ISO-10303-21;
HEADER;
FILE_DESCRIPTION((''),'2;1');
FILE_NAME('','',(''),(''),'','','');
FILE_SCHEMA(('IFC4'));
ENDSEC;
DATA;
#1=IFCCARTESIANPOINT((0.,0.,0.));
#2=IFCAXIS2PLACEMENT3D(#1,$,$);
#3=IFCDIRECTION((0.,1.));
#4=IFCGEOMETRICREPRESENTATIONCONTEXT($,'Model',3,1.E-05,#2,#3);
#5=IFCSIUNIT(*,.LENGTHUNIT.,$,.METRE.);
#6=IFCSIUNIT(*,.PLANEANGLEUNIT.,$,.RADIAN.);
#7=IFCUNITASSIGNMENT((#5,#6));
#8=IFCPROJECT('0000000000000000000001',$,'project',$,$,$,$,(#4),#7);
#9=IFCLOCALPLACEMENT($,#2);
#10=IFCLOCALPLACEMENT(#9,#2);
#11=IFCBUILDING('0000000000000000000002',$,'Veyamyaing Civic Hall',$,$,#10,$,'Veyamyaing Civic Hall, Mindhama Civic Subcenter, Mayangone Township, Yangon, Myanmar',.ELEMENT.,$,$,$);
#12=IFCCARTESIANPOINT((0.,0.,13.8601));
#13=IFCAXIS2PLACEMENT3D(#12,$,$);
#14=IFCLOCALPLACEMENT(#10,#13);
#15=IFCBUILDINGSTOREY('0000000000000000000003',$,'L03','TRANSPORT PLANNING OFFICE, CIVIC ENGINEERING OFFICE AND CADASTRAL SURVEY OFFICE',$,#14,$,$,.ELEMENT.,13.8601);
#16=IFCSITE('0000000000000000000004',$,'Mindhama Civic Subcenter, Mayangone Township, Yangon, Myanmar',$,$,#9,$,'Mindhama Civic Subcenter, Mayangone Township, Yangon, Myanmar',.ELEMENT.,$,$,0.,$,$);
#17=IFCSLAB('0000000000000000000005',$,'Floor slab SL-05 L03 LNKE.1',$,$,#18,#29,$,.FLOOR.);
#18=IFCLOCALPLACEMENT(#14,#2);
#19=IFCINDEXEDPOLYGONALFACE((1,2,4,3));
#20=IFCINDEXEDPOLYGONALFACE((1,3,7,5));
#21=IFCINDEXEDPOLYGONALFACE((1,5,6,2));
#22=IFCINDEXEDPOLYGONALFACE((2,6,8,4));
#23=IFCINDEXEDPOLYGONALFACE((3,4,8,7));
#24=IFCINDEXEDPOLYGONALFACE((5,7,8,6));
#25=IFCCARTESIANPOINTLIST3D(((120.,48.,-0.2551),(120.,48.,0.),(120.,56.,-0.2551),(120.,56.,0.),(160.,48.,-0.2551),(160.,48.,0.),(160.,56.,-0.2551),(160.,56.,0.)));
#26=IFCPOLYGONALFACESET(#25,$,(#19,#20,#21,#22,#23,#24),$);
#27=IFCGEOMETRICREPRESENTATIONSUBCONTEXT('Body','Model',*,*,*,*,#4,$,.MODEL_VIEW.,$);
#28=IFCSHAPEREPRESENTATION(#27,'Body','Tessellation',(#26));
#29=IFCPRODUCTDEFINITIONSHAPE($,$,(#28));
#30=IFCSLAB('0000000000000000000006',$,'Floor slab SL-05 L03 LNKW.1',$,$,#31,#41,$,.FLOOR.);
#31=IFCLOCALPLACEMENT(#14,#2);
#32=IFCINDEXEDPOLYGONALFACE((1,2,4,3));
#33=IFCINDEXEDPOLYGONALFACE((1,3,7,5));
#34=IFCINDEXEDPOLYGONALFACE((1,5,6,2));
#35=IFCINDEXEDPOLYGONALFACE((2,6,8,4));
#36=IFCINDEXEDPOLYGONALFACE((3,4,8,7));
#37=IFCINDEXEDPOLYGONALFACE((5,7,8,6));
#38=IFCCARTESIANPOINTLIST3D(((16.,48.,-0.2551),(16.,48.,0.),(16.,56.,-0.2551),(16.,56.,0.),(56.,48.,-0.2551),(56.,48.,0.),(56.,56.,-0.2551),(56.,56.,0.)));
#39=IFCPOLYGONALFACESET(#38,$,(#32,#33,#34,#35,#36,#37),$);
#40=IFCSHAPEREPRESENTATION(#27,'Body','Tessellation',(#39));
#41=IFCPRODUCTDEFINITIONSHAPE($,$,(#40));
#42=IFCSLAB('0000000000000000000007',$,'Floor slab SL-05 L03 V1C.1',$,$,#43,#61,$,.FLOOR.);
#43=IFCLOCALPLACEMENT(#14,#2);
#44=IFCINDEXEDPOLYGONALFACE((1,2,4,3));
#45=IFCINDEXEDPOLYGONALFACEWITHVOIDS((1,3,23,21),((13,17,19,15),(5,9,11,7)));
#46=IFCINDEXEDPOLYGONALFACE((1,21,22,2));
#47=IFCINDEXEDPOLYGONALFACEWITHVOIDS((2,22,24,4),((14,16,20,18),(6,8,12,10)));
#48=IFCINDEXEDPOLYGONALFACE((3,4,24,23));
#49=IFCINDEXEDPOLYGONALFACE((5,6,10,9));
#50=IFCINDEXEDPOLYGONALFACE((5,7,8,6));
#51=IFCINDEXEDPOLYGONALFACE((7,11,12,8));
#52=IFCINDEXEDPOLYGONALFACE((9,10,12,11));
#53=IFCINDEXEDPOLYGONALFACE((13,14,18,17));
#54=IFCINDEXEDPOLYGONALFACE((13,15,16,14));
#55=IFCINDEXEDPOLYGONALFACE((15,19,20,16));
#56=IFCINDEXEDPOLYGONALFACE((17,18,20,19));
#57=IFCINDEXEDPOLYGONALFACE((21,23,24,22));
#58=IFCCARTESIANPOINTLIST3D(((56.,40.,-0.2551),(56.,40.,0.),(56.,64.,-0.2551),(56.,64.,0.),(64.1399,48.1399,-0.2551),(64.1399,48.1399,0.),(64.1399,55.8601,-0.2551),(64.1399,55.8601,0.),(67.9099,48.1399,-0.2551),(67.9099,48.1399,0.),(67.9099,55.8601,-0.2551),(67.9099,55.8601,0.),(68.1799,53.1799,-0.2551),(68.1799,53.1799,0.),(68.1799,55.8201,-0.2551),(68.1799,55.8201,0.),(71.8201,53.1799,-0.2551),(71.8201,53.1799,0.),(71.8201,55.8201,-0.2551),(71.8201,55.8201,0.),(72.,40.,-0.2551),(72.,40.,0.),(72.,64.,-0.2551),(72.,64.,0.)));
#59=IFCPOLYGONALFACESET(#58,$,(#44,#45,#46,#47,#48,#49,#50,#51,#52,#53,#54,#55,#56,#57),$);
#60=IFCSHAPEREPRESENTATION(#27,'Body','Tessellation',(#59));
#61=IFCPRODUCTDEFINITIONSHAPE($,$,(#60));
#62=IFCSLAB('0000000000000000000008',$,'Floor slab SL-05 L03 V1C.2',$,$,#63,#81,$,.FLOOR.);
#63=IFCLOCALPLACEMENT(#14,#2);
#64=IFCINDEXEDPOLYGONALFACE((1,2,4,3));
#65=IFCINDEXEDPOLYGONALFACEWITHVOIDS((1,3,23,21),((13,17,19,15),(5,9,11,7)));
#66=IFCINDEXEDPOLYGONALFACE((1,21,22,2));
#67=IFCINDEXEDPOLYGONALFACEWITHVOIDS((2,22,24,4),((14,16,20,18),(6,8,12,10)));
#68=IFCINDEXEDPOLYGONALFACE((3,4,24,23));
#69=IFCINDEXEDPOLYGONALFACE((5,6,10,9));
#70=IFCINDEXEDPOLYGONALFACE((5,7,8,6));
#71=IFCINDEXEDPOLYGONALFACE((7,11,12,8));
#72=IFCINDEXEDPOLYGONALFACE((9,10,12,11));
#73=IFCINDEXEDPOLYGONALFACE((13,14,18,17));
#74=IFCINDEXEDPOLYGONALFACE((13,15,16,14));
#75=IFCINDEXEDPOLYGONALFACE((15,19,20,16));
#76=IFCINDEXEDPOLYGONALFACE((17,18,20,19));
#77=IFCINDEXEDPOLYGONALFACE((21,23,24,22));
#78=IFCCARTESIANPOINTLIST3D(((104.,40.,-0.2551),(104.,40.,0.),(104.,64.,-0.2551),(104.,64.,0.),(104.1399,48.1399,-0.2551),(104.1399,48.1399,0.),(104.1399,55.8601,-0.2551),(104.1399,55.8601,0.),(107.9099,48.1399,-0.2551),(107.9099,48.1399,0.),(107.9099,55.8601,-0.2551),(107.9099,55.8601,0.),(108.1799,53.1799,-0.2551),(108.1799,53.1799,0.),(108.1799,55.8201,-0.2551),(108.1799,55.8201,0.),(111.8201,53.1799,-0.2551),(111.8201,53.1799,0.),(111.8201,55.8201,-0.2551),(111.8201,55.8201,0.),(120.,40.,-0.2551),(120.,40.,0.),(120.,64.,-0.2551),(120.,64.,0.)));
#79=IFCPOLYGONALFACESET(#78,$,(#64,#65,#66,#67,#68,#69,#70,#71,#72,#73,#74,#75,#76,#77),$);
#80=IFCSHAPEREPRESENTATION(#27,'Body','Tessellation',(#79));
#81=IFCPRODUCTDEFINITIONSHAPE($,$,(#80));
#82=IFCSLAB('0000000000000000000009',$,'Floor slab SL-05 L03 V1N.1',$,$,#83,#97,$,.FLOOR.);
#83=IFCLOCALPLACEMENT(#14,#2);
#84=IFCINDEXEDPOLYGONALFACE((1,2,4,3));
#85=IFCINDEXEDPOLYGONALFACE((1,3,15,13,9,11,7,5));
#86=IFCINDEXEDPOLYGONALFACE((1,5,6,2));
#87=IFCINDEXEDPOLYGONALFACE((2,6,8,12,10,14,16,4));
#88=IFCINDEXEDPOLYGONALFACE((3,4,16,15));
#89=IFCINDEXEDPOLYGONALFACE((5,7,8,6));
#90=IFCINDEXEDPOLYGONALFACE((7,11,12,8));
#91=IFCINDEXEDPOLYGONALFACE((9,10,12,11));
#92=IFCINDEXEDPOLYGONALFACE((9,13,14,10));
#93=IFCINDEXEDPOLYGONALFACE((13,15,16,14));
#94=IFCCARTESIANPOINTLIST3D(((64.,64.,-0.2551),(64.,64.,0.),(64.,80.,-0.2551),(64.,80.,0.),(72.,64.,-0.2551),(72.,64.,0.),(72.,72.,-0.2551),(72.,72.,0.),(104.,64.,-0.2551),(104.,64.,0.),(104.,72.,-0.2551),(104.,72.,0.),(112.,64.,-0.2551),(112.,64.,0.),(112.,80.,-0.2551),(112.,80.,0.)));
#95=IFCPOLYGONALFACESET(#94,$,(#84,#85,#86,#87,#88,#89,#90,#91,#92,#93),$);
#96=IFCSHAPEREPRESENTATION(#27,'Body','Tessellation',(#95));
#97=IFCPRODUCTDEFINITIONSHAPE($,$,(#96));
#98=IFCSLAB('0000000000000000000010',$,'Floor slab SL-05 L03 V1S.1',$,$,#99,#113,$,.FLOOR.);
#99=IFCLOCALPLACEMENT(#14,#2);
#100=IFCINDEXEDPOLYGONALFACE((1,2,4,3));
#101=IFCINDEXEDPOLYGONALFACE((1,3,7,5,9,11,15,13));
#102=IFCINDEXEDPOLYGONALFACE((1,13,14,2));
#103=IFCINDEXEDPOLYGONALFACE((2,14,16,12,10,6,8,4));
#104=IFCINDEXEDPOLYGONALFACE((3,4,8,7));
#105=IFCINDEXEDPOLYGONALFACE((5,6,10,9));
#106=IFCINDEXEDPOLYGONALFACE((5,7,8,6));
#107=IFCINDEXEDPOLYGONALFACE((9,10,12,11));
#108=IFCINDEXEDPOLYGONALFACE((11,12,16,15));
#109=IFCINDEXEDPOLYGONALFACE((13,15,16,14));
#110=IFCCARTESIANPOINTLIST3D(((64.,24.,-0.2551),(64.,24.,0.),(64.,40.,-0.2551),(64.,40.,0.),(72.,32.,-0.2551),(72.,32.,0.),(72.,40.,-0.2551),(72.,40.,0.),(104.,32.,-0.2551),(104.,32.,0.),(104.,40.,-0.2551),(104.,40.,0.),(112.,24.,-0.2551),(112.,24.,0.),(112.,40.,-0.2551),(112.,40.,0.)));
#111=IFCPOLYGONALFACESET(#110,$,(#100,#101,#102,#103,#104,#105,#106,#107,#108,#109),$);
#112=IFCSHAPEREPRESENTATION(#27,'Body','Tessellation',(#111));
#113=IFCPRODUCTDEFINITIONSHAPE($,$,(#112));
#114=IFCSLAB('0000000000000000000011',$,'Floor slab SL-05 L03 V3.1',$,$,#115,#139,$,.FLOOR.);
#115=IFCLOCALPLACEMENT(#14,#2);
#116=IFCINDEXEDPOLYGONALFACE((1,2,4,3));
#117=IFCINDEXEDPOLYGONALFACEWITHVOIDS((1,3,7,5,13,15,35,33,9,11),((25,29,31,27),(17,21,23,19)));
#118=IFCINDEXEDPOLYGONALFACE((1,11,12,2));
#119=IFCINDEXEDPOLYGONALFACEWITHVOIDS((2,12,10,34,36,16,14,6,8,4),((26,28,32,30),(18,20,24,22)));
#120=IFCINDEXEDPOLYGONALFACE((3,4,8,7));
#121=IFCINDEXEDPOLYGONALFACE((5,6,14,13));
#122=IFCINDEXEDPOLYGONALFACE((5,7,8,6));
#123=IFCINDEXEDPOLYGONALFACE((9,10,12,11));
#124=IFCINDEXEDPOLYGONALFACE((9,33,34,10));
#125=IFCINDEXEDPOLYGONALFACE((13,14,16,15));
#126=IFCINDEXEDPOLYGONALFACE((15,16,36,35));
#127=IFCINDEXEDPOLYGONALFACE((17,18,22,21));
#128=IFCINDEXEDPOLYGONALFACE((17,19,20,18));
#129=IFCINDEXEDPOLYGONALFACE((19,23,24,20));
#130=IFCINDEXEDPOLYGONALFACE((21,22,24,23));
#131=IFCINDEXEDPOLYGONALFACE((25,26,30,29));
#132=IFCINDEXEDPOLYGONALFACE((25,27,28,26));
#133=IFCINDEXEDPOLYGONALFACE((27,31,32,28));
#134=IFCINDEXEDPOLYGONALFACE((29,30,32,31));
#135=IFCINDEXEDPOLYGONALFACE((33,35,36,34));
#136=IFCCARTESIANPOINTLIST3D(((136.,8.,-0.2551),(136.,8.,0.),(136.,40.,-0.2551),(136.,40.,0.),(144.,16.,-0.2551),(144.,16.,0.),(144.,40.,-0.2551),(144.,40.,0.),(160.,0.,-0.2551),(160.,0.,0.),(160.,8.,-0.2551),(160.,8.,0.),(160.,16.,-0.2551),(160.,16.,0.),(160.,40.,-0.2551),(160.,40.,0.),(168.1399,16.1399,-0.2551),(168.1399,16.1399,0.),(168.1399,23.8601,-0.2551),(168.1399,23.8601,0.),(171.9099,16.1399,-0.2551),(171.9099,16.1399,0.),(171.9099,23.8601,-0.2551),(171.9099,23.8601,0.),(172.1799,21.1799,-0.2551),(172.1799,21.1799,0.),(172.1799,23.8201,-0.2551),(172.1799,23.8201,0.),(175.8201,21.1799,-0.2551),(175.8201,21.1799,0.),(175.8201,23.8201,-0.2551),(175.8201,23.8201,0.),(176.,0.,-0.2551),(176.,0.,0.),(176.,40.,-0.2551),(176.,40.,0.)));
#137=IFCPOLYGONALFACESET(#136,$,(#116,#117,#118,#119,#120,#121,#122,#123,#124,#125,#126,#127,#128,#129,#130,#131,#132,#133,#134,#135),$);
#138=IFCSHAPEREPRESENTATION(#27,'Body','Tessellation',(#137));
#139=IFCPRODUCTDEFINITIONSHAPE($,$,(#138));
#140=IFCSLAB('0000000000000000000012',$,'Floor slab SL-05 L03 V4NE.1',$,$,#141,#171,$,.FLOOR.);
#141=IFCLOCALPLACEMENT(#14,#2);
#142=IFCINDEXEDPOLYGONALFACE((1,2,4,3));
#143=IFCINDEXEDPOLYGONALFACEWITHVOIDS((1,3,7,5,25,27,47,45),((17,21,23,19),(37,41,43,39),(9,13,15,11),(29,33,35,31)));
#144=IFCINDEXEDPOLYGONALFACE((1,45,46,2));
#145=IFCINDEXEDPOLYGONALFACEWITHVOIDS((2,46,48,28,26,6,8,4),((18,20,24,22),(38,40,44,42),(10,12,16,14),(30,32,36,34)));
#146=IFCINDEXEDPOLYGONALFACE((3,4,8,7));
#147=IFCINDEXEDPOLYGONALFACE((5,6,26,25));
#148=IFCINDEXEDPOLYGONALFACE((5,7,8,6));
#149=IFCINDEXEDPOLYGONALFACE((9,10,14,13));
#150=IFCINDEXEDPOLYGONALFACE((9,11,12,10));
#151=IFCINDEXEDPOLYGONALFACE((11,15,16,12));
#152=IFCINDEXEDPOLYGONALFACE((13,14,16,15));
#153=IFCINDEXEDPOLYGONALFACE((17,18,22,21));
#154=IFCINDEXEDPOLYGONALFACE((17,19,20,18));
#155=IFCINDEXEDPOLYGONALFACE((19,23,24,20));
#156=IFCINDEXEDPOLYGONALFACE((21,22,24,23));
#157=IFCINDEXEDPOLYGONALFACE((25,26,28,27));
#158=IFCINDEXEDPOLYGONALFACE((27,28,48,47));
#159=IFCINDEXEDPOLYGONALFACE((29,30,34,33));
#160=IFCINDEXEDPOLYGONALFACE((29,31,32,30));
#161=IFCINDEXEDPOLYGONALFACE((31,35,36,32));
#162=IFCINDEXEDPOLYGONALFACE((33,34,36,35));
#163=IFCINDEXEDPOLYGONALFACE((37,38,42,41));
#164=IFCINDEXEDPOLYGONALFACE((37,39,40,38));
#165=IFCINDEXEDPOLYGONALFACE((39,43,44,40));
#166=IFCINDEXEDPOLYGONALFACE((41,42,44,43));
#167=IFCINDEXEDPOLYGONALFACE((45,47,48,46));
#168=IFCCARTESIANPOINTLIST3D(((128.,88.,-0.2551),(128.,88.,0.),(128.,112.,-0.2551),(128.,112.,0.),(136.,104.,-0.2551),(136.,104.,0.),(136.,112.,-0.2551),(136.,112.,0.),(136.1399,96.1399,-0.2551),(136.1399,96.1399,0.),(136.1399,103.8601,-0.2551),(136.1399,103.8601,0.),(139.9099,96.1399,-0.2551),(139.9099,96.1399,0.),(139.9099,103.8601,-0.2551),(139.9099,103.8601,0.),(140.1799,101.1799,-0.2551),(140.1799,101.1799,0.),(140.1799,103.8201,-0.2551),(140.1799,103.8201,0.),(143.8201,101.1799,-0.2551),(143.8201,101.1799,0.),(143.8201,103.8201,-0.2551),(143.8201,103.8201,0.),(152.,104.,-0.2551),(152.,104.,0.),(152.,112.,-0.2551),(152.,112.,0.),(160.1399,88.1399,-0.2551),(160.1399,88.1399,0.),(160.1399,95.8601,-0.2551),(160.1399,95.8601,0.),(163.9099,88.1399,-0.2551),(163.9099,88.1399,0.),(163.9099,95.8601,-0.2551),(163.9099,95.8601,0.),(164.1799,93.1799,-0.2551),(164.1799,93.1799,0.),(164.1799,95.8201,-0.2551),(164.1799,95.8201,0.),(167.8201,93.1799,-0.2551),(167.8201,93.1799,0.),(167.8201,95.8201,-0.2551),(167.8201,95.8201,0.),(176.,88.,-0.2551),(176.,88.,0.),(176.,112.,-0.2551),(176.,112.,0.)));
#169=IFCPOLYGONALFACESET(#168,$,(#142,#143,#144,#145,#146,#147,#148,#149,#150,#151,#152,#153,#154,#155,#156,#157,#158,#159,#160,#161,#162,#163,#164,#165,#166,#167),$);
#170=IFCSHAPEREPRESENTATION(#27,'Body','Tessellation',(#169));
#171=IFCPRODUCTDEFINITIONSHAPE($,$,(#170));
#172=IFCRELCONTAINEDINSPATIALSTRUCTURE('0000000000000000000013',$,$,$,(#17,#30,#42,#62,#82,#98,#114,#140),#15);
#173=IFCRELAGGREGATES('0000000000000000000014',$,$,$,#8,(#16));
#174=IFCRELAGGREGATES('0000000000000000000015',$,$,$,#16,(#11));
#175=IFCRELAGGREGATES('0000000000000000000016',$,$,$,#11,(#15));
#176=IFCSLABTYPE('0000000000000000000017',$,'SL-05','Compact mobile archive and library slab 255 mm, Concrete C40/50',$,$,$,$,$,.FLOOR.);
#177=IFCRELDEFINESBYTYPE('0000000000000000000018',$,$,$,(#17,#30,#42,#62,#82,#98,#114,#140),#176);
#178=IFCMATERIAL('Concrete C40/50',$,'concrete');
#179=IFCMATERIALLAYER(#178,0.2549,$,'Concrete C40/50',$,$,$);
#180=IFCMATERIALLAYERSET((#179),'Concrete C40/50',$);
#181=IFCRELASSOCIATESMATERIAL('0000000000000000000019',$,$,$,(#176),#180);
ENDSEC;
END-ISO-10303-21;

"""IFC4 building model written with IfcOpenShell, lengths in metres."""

from ifc_helpers import new_model, si_unit, direction, frame, origin, place, context, subcontext, project, spatial, polyline, outline, extrude, material, layer, layer_set, type_object, element, save


model = new_model("IFC4")

# Units and contexts
model_context = context("Model", 3, precision=1e-05, world=origin(), true_north=direction((0.0, 1.0)))
body_context = subcontext(model_context, "Body", "Model", "MODEL_VIEW")
ifc_project = project(units=[si_unit("LENGTHUNIT", "METRE"), si_unit("PLANEANGLEUNIT", "RADIAN")], contexts=[model_context])

# Site, building, storey
site_placement = place(None, origin())
site = spatial("IfcSite", under=ifc_project, at=site_placement, Name="Mindhama Civic Subcenter, Mayangone Township, Yangon, Myanmar", LongName="Mindhama Civic Subcenter, Mayangone Township, Yangon, Myanmar", CompositionType="ELEMENT", RefElevation=0.0)
building_placement = place(site_placement, origin())
building = spatial("IfcBuilding", under=site, at=building_placement, Name="Veyamyaing Civic Hall", LongName="Veyamyaing Civic Hall, Mindhama Civic Subcenter, Mayangone Township, Yangon, Myanmar", CompositionType="ELEMENT")
storey_placement = place(building_placement, frame((0.0, 0.0, 13.8601)))
storey = spatial("IfcBuildingStorey", under=building, at=storey_placement, Name="L03", Description="TRANSPORT PLANNING OFFICE, CIVIC ENGINEERING OFFICE AND CADASTRAL SURVEY OFFICE", CompositionType="ELEMENT", Elevation=13.8601)

# Slabs
ifc_material_1 = material(Name="Concrete C40/50", Category="concrete")
ifc_layer_1 = layer(ifc_material_1, 0.2549, Name="Concrete C40/50")
ifc_layer_set_1 = layer_set([ifc_layer_1], Name="Concrete C40/50")
slab_type_1 = type_object("IfcSlabType", Name="SL-05", Description="Compact mobile archive and library slab 255 mm, Concrete C40/50", PredefinedType="FLOOR", material=ifc_layer_set_1)
slab_1_placement = place(storey_placement, frame((0.0, 0.0, -0.2551)))
element("IfcSlab", 1, at=slab_1_placement, inside=storey, type_object=slab_type_1, Name="Floor slab SL-05 L03 LNKE.1", PredefinedType="FLOOR", context=body_context, shape_type="SweptSolid", body=[
    extrude(outline(polyline([(120.0, 56.0), (160.0, 56.0), (160.0, 48.0), (120.0, 48.0), (120.0, 56.0)])), origin(), (0.0, 0.0, 1.0), 0.2551),
])
slab_2_placement = place(storey_placement, frame((0.0, 0.0, -0.2551)))
element("IfcSlab", 2, at=slab_2_placement, inside=storey, type_object=slab_type_1, Name="Floor slab SL-05 L03 LNKW.1", PredefinedType="FLOOR", context=body_context, shape_type="SweptSolid", body=[
    extrude(outline(polyline([(16.0, 56.0), (56.0, 56.0), (56.0, 48.0), (16.0, 48.0), (16.0, 56.0)])), origin(), (0.0, 0.0, 1.0), 0.2551),
])
slab_3_placement = place(storey_placement, frame((0.0, 0.0, -0.2551)))
element("IfcSlab", 3, at=slab_3_placement, inside=storey, type_object=slab_type_1, Name="Floor slab SL-05 L03 V1C.1", PredefinedType="FLOOR", context=body_context, shape_type="SweptSolid", body=[
    extrude(outline(polyline([(56.0, 64.0), (72.0, 64.0), (72.0, 40.0), (56.0, 40.0), (56.0, 64.0)]), holes=[polyline([(64.1399, 55.8601), (64.1399, 48.1399), (67.9099, 48.1399), (67.9099, 55.8601), (64.1399, 55.8601)]), polyline([(71.8201, 55.8201), (68.1799, 55.8201), (68.1799, 53.1799), (71.8201, 53.1799), (71.8201, 55.8201)])]), origin(), (0.0, 0.0, 1.0), 0.2551),
])
slab_4_placement = place(storey_placement, frame((0.0, 0.0, -0.2551)))
element("IfcSlab", 4, at=slab_4_placement, inside=storey, type_object=slab_type_1, Name="Floor slab SL-05 L03 V1C.2", PredefinedType="FLOOR", context=body_context, shape_type="SweptSolid", body=[
    extrude(outline(polyline([(104.0, 64.0), (120.0, 64.0), (120.0, 40.0), (104.0, 40.0), (104.0, 64.0)]), holes=[polyline([(107.9099, 55.8601), (104.1399, 55.8601), (104.1399, 48.1399), (107.9099, 48.1399), (107.9099, 55.8601)]), polyline([(111.8201, 55.8201), (108.1799, 55.8201), (108.1799, 53.1799), (111.8201, 53.1799), (111.8201, 55.8201)])]), origin(), (0.0, 0.0, 1.0), 0.2551),
])
slab_5_placement = place(storey_placement, frame((0.0, 0.0, -0.2551)))
element("IfcSlab", 5, at=slab_5_placement, inside=storey, type_object=slab_type_1, Name="Floor slab SL-05 L03 V1N.1", PredefinedType="FLOOR", context=body_context, shape_type="SweptSolid", body=[
    extrude(outline(polyline([(64.0, 80.0), (112.0, 80.0), (112.0, 64.0), (104.0, 64.0), (104.0, 72.0), (72.0, 72.0), (72.0, 64.0), (64.0, 64.0), (64.0, 80.0)])), origin(), (0.0, 0.0, 1.0), 0.2551),
])
slab_6_placement = place(storey_placement, frame((0.0, 0.0, -0.2551)))
element("IfcSlab", 6, at=slab_6_placement, inside=storey, type_object=slab_type_1, Name="Floor slab SL-05 L03 V1S.1", PredefinedType="FLOOR", context=body_context, shape_type="SweptSolid", body=[
    extrude(outline(polyline([(72.0, 32.0), (104.0, 32.0), (104.0, 40.0), (112.0, 40.0), (112.0, 24.0), (64.0, 24.0), (64.0, 40.0), (72.0, 40.0), (72.0, 32.0)])), origin(), (0.0, 0.0, 1.0), 0.2551),
])
slab_7_placement = place(storey_placement, frame((0.0, 0.0, -0.2551)))
element("IfcSlab", 7, at=slab_7_placement, inside=storey, type_object=slab_type_1, Name="Floor slab SL-05 L03 V3.1", PredefinedType="FLOOR", context=body_context, shape_type="SweptSolid", body=[
    extrude(outline(polyline([(160.0, 8.0), (136.0, 8.0), (136.0, 40.0), (144.0, 40.0), (144.0, 16.0), (160.0, 16.0), (160.0, 40.0), (176.0, 40.0), (176.0, 0.0), (160.0, 0.0), (160.0, 8.0)]), holes=[polyline([(168.1399, 23.8601), (168.1399, 16.1399), (171.9099, 16.1399), (171.9099, 23.8601), (168.1399, 23.8601)]), polyline([(175.8201, 23.8201), (172.1799, 23.8201), (172.1799, 21.1799), (175.8201, 21.1799), (175.8201, 23.8201)])]), origin(), (0.0, 0.0, 1.0), 0.2551),
])
slab_8_placement = place(storey_placement, frame((0.0, 0.0, -0.2551)))
element("IfcSlab", 8, at=slab_8_placement, inside=storey, type_object=slab_type_1, Name="Floor slab SL-05 L03 V4NE.1", PredefinedType="FLOOR", context=body_context, shape_type="SweptSolid", body=[
    extrude(outline(polyline([(176.0, 88.0), (128.0, 88.0), (128.0, 112.0), (136.0, 112.0), (136.0, 104.0), (152.0, 104.0), (152.0, 112.0), (176.0, 112.0), (176.0, 88.0)]), holes=[polyline([(163.9099, 95.8601), (160.1399, 95.8601), (160.1399, 88.1399), (163.9099, 88.1399), (163.9099, 95.8601)]), polyline([(167.8201, 95.8201), (164.1799, 95.8201), (164.1799, 93.1799), (167.8201, 93.1799), (167.8201, 95.8201)]), polyline([(139.9099, 103.8601), (136.1399, 103.8601), (136.1399, 96.1399), (139.9099, 96.1399), (139.9099, 103.8601)]), polyline([(143.8201, 103.8201), (140.1799, 103.8201), (140.1799, 101.1799), (143.8201, 101.1799), (143.8201, 103.8201)])]), origin(), (0.0, 0.0, 1.0), 0.2551),
])

save(model, "model.ifc")
